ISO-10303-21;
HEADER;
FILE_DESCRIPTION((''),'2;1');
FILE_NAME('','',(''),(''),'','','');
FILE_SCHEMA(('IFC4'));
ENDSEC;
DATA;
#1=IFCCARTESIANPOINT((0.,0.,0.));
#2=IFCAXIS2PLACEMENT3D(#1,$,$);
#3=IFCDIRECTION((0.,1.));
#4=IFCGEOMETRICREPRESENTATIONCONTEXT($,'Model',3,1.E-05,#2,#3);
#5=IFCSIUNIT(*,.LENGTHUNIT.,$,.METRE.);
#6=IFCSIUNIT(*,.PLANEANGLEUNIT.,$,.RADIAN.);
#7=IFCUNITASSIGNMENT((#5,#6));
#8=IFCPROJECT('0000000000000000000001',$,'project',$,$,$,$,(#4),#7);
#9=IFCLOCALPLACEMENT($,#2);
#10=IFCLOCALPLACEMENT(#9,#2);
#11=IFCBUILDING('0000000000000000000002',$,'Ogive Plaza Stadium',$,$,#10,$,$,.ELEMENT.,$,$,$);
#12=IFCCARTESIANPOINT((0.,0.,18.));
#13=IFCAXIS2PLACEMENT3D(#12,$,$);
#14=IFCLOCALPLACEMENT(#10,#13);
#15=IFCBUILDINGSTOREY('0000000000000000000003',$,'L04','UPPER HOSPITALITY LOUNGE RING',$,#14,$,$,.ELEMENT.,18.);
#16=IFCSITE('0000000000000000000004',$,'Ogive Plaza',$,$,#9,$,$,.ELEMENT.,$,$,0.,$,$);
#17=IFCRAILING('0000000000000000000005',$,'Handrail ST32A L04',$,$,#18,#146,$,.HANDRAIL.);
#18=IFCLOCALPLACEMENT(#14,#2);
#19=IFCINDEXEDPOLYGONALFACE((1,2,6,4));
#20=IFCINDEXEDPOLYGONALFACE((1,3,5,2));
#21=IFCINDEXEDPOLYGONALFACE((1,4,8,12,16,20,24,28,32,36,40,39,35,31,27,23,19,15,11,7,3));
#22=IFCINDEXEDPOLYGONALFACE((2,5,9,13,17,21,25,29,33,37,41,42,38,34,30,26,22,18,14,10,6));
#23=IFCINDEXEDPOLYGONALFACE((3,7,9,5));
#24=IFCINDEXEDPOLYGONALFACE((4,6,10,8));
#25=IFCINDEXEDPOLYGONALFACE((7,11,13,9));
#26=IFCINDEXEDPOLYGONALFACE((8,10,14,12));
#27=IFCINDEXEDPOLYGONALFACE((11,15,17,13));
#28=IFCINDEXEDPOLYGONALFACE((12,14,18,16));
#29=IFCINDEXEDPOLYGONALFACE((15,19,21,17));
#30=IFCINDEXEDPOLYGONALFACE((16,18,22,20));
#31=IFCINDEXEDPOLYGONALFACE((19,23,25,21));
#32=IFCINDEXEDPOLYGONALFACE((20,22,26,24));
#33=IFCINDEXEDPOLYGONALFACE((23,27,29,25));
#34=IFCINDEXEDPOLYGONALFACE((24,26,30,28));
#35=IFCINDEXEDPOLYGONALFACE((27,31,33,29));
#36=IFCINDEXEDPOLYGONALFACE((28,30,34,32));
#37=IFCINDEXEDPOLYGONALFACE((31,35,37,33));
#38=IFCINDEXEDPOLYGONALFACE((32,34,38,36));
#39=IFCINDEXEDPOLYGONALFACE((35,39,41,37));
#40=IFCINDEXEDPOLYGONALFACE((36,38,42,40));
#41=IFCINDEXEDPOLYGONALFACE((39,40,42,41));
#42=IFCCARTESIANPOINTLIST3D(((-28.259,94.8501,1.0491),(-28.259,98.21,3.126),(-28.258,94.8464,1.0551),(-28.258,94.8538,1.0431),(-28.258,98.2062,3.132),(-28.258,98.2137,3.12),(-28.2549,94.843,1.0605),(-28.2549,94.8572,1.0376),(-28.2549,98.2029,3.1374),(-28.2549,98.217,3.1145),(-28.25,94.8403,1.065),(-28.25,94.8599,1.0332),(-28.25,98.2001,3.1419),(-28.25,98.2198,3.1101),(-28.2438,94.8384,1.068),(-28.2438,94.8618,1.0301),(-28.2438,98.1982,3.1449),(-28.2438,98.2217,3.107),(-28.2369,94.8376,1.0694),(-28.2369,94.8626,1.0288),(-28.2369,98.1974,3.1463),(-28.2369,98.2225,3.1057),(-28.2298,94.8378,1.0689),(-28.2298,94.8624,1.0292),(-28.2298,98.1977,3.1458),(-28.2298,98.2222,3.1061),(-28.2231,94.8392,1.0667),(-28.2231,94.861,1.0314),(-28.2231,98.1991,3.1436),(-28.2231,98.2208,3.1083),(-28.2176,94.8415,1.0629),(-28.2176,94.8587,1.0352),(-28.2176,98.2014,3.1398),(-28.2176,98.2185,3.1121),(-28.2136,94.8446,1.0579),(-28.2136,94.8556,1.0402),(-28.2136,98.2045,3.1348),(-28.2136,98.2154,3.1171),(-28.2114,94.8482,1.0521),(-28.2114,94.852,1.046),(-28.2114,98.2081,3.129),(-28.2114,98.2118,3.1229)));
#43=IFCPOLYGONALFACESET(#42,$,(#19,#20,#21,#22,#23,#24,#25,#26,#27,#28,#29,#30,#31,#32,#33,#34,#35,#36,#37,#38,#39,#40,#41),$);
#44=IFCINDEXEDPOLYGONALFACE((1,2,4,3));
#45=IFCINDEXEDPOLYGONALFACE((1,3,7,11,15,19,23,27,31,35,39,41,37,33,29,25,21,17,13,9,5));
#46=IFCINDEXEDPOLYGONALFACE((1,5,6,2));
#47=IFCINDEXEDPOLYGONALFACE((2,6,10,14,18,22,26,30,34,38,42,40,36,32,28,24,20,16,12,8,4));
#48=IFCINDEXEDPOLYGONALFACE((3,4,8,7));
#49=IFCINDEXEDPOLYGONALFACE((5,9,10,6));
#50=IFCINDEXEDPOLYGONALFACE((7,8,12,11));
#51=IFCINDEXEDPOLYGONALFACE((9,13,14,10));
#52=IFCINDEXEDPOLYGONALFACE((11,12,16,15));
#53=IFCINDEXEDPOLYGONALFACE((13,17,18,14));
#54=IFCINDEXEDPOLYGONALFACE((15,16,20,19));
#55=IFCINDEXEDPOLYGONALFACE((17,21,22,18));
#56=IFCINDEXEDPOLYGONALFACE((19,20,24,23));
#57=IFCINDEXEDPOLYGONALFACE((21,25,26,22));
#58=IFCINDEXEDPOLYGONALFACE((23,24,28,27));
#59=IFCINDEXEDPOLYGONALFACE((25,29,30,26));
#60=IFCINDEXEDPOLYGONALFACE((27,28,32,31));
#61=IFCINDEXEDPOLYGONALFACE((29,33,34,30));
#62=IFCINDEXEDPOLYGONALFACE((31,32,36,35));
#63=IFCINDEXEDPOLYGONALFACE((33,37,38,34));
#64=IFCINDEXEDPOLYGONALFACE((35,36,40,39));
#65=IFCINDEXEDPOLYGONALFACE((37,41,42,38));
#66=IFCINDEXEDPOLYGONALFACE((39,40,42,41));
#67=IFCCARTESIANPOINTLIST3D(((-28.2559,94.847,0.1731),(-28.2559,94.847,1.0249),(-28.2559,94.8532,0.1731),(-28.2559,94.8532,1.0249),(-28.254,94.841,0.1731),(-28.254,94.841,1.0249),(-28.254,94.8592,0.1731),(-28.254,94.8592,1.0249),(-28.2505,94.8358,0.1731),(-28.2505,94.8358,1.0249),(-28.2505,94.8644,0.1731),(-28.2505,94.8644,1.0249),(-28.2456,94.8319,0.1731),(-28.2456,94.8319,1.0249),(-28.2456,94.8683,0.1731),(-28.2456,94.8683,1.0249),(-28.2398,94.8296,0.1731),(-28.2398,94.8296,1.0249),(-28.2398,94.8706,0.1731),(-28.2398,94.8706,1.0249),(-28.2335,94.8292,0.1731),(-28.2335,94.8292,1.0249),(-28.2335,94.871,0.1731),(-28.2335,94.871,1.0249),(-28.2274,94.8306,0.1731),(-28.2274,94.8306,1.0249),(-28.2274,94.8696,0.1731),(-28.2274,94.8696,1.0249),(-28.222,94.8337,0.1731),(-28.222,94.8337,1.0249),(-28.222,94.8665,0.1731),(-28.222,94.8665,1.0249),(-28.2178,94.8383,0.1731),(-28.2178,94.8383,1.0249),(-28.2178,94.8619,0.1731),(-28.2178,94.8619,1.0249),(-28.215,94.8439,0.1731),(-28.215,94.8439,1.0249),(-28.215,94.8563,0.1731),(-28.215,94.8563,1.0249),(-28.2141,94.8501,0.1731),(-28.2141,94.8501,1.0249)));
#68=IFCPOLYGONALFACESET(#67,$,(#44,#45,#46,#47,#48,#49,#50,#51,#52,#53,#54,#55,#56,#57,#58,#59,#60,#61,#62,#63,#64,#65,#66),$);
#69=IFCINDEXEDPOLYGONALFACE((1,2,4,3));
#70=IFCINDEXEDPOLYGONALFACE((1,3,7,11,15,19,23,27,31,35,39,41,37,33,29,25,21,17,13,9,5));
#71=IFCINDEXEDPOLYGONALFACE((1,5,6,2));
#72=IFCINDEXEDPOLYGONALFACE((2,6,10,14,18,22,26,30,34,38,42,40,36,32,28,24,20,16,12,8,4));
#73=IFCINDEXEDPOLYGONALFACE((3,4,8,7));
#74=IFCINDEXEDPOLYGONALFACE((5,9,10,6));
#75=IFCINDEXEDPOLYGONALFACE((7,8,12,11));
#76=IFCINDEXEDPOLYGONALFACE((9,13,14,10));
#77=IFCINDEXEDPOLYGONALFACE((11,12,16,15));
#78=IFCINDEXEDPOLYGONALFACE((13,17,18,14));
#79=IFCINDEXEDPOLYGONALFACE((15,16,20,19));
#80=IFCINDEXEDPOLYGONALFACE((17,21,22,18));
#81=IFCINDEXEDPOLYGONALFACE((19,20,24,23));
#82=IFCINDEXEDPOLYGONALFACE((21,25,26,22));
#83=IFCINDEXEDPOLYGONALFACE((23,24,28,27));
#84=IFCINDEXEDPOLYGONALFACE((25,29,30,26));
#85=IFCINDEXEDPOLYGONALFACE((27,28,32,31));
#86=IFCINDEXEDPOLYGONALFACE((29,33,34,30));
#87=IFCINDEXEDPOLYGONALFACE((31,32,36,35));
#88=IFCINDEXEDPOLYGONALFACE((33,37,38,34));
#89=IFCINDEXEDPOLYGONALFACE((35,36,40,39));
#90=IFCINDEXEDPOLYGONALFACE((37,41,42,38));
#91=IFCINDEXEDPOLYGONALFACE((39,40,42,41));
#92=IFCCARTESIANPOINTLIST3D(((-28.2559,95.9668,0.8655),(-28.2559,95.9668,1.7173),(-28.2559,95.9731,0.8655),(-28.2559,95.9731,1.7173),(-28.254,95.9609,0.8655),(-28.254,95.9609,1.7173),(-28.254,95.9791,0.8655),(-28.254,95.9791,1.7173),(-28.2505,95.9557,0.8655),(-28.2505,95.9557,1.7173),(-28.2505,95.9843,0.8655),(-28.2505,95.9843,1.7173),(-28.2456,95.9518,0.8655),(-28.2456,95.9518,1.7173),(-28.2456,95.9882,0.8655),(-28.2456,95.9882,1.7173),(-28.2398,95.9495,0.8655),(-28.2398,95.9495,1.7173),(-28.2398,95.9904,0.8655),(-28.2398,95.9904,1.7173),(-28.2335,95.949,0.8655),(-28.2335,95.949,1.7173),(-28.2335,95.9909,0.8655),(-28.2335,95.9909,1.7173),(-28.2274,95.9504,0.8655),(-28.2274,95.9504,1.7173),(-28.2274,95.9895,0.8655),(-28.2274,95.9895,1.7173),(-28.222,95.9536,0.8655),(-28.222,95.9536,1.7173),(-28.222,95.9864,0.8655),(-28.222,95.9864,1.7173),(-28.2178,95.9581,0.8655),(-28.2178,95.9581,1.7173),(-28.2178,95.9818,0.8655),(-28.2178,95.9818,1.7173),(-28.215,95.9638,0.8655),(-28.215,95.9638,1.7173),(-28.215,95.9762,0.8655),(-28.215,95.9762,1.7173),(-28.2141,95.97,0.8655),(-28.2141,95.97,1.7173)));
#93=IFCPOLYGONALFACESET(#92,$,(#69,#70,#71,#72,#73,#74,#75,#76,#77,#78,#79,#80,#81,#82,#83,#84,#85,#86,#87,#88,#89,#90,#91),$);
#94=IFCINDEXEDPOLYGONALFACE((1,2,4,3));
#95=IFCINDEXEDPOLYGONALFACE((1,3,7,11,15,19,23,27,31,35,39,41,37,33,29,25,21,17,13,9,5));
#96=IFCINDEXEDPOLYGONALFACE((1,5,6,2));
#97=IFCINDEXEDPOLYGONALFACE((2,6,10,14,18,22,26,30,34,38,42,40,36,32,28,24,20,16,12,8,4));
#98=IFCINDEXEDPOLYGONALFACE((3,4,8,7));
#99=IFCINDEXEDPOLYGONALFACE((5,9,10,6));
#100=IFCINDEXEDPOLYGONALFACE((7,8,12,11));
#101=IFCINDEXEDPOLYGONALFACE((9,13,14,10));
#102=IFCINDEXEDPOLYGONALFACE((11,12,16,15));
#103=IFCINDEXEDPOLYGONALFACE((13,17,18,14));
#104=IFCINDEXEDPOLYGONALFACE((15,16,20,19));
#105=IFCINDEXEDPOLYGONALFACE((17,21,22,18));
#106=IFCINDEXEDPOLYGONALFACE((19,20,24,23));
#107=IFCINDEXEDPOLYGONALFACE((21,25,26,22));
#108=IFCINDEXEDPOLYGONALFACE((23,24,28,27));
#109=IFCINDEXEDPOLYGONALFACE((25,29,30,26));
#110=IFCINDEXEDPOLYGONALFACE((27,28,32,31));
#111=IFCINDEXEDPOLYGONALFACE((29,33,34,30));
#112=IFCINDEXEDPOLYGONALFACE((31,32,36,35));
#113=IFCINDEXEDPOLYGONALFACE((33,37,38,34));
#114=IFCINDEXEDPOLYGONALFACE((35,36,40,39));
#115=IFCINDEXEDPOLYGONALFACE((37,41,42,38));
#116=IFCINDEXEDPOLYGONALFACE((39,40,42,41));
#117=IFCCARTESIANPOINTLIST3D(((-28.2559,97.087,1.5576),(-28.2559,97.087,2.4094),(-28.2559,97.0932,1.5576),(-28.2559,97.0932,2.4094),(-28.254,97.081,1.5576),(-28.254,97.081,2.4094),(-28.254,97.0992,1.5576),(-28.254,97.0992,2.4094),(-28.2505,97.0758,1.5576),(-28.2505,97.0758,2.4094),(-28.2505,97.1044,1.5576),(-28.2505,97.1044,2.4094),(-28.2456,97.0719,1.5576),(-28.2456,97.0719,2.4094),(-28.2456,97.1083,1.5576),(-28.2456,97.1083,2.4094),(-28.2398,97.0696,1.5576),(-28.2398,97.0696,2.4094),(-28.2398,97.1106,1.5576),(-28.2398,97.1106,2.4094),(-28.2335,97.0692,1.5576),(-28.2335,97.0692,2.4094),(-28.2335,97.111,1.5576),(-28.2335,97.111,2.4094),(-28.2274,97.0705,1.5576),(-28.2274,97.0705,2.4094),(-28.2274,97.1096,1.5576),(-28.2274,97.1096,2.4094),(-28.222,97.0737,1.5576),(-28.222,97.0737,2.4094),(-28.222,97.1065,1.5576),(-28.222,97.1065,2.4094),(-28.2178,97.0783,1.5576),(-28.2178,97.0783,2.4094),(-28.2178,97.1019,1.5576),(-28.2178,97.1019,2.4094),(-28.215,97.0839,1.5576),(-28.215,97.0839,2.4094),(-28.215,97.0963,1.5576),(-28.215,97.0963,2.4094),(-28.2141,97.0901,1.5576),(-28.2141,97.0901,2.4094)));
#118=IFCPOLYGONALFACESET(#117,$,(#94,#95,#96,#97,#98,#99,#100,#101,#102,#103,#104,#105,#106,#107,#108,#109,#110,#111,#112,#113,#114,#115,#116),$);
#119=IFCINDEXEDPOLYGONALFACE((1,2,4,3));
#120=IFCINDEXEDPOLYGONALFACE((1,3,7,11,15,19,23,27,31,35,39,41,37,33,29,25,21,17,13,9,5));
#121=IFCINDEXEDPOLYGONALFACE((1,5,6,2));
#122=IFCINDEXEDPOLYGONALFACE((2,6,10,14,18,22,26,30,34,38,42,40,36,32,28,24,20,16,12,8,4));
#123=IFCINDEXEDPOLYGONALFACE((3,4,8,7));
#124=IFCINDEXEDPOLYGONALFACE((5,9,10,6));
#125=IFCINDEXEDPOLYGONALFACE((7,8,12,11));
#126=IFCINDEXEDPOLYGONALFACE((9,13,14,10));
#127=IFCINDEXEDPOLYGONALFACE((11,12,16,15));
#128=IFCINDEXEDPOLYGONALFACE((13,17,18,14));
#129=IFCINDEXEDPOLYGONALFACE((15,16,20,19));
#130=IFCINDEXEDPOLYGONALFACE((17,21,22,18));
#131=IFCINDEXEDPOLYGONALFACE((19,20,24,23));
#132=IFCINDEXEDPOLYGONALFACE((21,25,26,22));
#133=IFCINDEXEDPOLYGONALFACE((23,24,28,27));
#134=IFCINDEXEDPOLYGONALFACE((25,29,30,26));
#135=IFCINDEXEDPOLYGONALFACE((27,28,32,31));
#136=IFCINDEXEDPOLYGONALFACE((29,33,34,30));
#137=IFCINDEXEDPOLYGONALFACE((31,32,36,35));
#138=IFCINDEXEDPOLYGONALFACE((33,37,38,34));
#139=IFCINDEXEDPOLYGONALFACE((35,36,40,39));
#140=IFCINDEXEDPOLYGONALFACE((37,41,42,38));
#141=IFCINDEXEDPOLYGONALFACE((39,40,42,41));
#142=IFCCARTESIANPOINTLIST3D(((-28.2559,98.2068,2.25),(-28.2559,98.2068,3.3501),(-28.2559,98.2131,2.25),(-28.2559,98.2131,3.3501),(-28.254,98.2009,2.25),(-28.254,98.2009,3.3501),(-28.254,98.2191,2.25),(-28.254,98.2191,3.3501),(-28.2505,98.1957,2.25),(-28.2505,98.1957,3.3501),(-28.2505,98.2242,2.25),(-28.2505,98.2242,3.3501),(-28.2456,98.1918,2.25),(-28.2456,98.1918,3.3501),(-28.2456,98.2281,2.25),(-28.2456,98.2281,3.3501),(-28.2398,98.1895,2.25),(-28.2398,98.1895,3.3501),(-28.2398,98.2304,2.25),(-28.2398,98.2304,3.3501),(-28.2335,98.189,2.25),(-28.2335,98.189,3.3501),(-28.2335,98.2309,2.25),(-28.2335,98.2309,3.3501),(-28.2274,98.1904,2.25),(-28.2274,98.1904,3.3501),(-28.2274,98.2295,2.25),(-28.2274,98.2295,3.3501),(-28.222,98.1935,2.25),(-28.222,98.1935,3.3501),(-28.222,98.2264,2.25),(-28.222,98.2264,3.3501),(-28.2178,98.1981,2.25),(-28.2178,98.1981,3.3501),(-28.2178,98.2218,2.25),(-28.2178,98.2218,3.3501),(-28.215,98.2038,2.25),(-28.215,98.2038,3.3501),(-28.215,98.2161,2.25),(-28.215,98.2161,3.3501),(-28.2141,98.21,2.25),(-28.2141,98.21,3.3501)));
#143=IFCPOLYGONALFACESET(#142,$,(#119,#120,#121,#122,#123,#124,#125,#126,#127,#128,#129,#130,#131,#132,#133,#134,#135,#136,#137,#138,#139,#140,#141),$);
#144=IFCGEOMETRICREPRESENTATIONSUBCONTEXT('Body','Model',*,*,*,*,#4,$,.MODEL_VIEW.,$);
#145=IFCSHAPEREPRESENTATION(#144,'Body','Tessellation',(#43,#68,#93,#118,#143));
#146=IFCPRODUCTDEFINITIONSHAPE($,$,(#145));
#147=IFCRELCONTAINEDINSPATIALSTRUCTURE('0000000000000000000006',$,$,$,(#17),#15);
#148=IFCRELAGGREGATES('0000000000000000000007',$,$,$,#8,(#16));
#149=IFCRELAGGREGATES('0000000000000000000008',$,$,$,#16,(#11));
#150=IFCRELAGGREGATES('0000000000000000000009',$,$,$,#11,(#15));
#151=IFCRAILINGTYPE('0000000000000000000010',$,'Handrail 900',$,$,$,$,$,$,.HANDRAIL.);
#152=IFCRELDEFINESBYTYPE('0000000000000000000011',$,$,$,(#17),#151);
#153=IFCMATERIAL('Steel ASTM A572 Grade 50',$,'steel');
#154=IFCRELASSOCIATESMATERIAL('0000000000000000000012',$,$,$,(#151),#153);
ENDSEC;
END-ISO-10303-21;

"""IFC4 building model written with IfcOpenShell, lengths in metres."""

from ifc_helpers import new_model, si_unit, direction, frame, origin, origin_2d, place, context, subcontext, project, spatial, circle, extrude, material, type_object, element, save


model = new_model("IFC4")

# Units and contexts
model_context = context("Model", 3, precision=1e-05, world=origin(), true_north=direction((0.0, 1.0)))
body_context = subcontext(model_context, "Body", "Model", "MODEL_VIEW")
ifc_project = project(units=[si_unit("LENGTHUNIT", "METRE"), si_unit("PLANEANGLEUNIT", "RADIAN")], contexts=[model_context])

# Site, building, storey
site_placement = place(None, origin())
site = spatial("IfcSite", under=ifc_project, at=site_placement, Name="Ogive Plaza", CompositionType="ELEMENT", RefElevation=0.0)
building_placement = place(site_placement, origin())
building = spatial("IfcBuilding", under=site, at=building_placement, Name="Ogive Plaza Stadium", CompositionType="ELEMENT")
storey_placement = place(building_placement, frame((0.0, 0.0, 18.0)))
storey = spatial("IfcBuildingStorey", under=building, at=storey_placement, Name="L04", Description="UPPER HOSPITALITY LOUNGE RING", CompositionType="ELEMENT", Elevation=18.0)

# Railing
ifc_material_1 = material(Name="Steel ASTM A572 Grade 50", Category="steel")
railing_type_1 = type_object("IfcRailingType", Name="Handrail 900", PredefinedType="HANDRAIL", material=ifc_material_1)
for number, where, name in (
    (1, (-28.2351, 94.8501, 0.1731), "Handrail ST32A L04"),
):
    element("IfcRailing", number, at=place(storey_placement, frame(where)), inside=storey, type_object=railing_type_1, Name=name, PredefinedType="HANDRAIL", context=body_context, shape_type="SweptSolid", body=[
        extrude(circle(Radius=0.0239, at=origin_2d()), frame((0.0, 0.0, 0.876), z_axis=(0.0, 0.850606, 0.525803), x_axis=(-1.0, 0.0, 0.0)), (0.0, 0.0, 1.0), 3.95),
        extrude(circle(Radius=0.021, at=origin_2d()), origin(), (0.0, 0.0, 1.0), 0.8518),
        extrude(circle(Radius=0.021, at=origin_2d()), frame((0.0, 1.1199, 0.6924)), (0.0, 0.0, 1.0), 0.8518),
        extrude(circle(Radius=0.021, at=origin_2d()), frame((0.0, 2.24, 1.3845)), (0.0, 0.0, 1.0), 0.8518),
        extrude(circle(Radius=0.021, at=origin_2d()), frame((0.0, 3.3599, 2.0769)), (0.0, 0.0, 1.0), 1.1001),
    ])

save(model, "model.ifc")
